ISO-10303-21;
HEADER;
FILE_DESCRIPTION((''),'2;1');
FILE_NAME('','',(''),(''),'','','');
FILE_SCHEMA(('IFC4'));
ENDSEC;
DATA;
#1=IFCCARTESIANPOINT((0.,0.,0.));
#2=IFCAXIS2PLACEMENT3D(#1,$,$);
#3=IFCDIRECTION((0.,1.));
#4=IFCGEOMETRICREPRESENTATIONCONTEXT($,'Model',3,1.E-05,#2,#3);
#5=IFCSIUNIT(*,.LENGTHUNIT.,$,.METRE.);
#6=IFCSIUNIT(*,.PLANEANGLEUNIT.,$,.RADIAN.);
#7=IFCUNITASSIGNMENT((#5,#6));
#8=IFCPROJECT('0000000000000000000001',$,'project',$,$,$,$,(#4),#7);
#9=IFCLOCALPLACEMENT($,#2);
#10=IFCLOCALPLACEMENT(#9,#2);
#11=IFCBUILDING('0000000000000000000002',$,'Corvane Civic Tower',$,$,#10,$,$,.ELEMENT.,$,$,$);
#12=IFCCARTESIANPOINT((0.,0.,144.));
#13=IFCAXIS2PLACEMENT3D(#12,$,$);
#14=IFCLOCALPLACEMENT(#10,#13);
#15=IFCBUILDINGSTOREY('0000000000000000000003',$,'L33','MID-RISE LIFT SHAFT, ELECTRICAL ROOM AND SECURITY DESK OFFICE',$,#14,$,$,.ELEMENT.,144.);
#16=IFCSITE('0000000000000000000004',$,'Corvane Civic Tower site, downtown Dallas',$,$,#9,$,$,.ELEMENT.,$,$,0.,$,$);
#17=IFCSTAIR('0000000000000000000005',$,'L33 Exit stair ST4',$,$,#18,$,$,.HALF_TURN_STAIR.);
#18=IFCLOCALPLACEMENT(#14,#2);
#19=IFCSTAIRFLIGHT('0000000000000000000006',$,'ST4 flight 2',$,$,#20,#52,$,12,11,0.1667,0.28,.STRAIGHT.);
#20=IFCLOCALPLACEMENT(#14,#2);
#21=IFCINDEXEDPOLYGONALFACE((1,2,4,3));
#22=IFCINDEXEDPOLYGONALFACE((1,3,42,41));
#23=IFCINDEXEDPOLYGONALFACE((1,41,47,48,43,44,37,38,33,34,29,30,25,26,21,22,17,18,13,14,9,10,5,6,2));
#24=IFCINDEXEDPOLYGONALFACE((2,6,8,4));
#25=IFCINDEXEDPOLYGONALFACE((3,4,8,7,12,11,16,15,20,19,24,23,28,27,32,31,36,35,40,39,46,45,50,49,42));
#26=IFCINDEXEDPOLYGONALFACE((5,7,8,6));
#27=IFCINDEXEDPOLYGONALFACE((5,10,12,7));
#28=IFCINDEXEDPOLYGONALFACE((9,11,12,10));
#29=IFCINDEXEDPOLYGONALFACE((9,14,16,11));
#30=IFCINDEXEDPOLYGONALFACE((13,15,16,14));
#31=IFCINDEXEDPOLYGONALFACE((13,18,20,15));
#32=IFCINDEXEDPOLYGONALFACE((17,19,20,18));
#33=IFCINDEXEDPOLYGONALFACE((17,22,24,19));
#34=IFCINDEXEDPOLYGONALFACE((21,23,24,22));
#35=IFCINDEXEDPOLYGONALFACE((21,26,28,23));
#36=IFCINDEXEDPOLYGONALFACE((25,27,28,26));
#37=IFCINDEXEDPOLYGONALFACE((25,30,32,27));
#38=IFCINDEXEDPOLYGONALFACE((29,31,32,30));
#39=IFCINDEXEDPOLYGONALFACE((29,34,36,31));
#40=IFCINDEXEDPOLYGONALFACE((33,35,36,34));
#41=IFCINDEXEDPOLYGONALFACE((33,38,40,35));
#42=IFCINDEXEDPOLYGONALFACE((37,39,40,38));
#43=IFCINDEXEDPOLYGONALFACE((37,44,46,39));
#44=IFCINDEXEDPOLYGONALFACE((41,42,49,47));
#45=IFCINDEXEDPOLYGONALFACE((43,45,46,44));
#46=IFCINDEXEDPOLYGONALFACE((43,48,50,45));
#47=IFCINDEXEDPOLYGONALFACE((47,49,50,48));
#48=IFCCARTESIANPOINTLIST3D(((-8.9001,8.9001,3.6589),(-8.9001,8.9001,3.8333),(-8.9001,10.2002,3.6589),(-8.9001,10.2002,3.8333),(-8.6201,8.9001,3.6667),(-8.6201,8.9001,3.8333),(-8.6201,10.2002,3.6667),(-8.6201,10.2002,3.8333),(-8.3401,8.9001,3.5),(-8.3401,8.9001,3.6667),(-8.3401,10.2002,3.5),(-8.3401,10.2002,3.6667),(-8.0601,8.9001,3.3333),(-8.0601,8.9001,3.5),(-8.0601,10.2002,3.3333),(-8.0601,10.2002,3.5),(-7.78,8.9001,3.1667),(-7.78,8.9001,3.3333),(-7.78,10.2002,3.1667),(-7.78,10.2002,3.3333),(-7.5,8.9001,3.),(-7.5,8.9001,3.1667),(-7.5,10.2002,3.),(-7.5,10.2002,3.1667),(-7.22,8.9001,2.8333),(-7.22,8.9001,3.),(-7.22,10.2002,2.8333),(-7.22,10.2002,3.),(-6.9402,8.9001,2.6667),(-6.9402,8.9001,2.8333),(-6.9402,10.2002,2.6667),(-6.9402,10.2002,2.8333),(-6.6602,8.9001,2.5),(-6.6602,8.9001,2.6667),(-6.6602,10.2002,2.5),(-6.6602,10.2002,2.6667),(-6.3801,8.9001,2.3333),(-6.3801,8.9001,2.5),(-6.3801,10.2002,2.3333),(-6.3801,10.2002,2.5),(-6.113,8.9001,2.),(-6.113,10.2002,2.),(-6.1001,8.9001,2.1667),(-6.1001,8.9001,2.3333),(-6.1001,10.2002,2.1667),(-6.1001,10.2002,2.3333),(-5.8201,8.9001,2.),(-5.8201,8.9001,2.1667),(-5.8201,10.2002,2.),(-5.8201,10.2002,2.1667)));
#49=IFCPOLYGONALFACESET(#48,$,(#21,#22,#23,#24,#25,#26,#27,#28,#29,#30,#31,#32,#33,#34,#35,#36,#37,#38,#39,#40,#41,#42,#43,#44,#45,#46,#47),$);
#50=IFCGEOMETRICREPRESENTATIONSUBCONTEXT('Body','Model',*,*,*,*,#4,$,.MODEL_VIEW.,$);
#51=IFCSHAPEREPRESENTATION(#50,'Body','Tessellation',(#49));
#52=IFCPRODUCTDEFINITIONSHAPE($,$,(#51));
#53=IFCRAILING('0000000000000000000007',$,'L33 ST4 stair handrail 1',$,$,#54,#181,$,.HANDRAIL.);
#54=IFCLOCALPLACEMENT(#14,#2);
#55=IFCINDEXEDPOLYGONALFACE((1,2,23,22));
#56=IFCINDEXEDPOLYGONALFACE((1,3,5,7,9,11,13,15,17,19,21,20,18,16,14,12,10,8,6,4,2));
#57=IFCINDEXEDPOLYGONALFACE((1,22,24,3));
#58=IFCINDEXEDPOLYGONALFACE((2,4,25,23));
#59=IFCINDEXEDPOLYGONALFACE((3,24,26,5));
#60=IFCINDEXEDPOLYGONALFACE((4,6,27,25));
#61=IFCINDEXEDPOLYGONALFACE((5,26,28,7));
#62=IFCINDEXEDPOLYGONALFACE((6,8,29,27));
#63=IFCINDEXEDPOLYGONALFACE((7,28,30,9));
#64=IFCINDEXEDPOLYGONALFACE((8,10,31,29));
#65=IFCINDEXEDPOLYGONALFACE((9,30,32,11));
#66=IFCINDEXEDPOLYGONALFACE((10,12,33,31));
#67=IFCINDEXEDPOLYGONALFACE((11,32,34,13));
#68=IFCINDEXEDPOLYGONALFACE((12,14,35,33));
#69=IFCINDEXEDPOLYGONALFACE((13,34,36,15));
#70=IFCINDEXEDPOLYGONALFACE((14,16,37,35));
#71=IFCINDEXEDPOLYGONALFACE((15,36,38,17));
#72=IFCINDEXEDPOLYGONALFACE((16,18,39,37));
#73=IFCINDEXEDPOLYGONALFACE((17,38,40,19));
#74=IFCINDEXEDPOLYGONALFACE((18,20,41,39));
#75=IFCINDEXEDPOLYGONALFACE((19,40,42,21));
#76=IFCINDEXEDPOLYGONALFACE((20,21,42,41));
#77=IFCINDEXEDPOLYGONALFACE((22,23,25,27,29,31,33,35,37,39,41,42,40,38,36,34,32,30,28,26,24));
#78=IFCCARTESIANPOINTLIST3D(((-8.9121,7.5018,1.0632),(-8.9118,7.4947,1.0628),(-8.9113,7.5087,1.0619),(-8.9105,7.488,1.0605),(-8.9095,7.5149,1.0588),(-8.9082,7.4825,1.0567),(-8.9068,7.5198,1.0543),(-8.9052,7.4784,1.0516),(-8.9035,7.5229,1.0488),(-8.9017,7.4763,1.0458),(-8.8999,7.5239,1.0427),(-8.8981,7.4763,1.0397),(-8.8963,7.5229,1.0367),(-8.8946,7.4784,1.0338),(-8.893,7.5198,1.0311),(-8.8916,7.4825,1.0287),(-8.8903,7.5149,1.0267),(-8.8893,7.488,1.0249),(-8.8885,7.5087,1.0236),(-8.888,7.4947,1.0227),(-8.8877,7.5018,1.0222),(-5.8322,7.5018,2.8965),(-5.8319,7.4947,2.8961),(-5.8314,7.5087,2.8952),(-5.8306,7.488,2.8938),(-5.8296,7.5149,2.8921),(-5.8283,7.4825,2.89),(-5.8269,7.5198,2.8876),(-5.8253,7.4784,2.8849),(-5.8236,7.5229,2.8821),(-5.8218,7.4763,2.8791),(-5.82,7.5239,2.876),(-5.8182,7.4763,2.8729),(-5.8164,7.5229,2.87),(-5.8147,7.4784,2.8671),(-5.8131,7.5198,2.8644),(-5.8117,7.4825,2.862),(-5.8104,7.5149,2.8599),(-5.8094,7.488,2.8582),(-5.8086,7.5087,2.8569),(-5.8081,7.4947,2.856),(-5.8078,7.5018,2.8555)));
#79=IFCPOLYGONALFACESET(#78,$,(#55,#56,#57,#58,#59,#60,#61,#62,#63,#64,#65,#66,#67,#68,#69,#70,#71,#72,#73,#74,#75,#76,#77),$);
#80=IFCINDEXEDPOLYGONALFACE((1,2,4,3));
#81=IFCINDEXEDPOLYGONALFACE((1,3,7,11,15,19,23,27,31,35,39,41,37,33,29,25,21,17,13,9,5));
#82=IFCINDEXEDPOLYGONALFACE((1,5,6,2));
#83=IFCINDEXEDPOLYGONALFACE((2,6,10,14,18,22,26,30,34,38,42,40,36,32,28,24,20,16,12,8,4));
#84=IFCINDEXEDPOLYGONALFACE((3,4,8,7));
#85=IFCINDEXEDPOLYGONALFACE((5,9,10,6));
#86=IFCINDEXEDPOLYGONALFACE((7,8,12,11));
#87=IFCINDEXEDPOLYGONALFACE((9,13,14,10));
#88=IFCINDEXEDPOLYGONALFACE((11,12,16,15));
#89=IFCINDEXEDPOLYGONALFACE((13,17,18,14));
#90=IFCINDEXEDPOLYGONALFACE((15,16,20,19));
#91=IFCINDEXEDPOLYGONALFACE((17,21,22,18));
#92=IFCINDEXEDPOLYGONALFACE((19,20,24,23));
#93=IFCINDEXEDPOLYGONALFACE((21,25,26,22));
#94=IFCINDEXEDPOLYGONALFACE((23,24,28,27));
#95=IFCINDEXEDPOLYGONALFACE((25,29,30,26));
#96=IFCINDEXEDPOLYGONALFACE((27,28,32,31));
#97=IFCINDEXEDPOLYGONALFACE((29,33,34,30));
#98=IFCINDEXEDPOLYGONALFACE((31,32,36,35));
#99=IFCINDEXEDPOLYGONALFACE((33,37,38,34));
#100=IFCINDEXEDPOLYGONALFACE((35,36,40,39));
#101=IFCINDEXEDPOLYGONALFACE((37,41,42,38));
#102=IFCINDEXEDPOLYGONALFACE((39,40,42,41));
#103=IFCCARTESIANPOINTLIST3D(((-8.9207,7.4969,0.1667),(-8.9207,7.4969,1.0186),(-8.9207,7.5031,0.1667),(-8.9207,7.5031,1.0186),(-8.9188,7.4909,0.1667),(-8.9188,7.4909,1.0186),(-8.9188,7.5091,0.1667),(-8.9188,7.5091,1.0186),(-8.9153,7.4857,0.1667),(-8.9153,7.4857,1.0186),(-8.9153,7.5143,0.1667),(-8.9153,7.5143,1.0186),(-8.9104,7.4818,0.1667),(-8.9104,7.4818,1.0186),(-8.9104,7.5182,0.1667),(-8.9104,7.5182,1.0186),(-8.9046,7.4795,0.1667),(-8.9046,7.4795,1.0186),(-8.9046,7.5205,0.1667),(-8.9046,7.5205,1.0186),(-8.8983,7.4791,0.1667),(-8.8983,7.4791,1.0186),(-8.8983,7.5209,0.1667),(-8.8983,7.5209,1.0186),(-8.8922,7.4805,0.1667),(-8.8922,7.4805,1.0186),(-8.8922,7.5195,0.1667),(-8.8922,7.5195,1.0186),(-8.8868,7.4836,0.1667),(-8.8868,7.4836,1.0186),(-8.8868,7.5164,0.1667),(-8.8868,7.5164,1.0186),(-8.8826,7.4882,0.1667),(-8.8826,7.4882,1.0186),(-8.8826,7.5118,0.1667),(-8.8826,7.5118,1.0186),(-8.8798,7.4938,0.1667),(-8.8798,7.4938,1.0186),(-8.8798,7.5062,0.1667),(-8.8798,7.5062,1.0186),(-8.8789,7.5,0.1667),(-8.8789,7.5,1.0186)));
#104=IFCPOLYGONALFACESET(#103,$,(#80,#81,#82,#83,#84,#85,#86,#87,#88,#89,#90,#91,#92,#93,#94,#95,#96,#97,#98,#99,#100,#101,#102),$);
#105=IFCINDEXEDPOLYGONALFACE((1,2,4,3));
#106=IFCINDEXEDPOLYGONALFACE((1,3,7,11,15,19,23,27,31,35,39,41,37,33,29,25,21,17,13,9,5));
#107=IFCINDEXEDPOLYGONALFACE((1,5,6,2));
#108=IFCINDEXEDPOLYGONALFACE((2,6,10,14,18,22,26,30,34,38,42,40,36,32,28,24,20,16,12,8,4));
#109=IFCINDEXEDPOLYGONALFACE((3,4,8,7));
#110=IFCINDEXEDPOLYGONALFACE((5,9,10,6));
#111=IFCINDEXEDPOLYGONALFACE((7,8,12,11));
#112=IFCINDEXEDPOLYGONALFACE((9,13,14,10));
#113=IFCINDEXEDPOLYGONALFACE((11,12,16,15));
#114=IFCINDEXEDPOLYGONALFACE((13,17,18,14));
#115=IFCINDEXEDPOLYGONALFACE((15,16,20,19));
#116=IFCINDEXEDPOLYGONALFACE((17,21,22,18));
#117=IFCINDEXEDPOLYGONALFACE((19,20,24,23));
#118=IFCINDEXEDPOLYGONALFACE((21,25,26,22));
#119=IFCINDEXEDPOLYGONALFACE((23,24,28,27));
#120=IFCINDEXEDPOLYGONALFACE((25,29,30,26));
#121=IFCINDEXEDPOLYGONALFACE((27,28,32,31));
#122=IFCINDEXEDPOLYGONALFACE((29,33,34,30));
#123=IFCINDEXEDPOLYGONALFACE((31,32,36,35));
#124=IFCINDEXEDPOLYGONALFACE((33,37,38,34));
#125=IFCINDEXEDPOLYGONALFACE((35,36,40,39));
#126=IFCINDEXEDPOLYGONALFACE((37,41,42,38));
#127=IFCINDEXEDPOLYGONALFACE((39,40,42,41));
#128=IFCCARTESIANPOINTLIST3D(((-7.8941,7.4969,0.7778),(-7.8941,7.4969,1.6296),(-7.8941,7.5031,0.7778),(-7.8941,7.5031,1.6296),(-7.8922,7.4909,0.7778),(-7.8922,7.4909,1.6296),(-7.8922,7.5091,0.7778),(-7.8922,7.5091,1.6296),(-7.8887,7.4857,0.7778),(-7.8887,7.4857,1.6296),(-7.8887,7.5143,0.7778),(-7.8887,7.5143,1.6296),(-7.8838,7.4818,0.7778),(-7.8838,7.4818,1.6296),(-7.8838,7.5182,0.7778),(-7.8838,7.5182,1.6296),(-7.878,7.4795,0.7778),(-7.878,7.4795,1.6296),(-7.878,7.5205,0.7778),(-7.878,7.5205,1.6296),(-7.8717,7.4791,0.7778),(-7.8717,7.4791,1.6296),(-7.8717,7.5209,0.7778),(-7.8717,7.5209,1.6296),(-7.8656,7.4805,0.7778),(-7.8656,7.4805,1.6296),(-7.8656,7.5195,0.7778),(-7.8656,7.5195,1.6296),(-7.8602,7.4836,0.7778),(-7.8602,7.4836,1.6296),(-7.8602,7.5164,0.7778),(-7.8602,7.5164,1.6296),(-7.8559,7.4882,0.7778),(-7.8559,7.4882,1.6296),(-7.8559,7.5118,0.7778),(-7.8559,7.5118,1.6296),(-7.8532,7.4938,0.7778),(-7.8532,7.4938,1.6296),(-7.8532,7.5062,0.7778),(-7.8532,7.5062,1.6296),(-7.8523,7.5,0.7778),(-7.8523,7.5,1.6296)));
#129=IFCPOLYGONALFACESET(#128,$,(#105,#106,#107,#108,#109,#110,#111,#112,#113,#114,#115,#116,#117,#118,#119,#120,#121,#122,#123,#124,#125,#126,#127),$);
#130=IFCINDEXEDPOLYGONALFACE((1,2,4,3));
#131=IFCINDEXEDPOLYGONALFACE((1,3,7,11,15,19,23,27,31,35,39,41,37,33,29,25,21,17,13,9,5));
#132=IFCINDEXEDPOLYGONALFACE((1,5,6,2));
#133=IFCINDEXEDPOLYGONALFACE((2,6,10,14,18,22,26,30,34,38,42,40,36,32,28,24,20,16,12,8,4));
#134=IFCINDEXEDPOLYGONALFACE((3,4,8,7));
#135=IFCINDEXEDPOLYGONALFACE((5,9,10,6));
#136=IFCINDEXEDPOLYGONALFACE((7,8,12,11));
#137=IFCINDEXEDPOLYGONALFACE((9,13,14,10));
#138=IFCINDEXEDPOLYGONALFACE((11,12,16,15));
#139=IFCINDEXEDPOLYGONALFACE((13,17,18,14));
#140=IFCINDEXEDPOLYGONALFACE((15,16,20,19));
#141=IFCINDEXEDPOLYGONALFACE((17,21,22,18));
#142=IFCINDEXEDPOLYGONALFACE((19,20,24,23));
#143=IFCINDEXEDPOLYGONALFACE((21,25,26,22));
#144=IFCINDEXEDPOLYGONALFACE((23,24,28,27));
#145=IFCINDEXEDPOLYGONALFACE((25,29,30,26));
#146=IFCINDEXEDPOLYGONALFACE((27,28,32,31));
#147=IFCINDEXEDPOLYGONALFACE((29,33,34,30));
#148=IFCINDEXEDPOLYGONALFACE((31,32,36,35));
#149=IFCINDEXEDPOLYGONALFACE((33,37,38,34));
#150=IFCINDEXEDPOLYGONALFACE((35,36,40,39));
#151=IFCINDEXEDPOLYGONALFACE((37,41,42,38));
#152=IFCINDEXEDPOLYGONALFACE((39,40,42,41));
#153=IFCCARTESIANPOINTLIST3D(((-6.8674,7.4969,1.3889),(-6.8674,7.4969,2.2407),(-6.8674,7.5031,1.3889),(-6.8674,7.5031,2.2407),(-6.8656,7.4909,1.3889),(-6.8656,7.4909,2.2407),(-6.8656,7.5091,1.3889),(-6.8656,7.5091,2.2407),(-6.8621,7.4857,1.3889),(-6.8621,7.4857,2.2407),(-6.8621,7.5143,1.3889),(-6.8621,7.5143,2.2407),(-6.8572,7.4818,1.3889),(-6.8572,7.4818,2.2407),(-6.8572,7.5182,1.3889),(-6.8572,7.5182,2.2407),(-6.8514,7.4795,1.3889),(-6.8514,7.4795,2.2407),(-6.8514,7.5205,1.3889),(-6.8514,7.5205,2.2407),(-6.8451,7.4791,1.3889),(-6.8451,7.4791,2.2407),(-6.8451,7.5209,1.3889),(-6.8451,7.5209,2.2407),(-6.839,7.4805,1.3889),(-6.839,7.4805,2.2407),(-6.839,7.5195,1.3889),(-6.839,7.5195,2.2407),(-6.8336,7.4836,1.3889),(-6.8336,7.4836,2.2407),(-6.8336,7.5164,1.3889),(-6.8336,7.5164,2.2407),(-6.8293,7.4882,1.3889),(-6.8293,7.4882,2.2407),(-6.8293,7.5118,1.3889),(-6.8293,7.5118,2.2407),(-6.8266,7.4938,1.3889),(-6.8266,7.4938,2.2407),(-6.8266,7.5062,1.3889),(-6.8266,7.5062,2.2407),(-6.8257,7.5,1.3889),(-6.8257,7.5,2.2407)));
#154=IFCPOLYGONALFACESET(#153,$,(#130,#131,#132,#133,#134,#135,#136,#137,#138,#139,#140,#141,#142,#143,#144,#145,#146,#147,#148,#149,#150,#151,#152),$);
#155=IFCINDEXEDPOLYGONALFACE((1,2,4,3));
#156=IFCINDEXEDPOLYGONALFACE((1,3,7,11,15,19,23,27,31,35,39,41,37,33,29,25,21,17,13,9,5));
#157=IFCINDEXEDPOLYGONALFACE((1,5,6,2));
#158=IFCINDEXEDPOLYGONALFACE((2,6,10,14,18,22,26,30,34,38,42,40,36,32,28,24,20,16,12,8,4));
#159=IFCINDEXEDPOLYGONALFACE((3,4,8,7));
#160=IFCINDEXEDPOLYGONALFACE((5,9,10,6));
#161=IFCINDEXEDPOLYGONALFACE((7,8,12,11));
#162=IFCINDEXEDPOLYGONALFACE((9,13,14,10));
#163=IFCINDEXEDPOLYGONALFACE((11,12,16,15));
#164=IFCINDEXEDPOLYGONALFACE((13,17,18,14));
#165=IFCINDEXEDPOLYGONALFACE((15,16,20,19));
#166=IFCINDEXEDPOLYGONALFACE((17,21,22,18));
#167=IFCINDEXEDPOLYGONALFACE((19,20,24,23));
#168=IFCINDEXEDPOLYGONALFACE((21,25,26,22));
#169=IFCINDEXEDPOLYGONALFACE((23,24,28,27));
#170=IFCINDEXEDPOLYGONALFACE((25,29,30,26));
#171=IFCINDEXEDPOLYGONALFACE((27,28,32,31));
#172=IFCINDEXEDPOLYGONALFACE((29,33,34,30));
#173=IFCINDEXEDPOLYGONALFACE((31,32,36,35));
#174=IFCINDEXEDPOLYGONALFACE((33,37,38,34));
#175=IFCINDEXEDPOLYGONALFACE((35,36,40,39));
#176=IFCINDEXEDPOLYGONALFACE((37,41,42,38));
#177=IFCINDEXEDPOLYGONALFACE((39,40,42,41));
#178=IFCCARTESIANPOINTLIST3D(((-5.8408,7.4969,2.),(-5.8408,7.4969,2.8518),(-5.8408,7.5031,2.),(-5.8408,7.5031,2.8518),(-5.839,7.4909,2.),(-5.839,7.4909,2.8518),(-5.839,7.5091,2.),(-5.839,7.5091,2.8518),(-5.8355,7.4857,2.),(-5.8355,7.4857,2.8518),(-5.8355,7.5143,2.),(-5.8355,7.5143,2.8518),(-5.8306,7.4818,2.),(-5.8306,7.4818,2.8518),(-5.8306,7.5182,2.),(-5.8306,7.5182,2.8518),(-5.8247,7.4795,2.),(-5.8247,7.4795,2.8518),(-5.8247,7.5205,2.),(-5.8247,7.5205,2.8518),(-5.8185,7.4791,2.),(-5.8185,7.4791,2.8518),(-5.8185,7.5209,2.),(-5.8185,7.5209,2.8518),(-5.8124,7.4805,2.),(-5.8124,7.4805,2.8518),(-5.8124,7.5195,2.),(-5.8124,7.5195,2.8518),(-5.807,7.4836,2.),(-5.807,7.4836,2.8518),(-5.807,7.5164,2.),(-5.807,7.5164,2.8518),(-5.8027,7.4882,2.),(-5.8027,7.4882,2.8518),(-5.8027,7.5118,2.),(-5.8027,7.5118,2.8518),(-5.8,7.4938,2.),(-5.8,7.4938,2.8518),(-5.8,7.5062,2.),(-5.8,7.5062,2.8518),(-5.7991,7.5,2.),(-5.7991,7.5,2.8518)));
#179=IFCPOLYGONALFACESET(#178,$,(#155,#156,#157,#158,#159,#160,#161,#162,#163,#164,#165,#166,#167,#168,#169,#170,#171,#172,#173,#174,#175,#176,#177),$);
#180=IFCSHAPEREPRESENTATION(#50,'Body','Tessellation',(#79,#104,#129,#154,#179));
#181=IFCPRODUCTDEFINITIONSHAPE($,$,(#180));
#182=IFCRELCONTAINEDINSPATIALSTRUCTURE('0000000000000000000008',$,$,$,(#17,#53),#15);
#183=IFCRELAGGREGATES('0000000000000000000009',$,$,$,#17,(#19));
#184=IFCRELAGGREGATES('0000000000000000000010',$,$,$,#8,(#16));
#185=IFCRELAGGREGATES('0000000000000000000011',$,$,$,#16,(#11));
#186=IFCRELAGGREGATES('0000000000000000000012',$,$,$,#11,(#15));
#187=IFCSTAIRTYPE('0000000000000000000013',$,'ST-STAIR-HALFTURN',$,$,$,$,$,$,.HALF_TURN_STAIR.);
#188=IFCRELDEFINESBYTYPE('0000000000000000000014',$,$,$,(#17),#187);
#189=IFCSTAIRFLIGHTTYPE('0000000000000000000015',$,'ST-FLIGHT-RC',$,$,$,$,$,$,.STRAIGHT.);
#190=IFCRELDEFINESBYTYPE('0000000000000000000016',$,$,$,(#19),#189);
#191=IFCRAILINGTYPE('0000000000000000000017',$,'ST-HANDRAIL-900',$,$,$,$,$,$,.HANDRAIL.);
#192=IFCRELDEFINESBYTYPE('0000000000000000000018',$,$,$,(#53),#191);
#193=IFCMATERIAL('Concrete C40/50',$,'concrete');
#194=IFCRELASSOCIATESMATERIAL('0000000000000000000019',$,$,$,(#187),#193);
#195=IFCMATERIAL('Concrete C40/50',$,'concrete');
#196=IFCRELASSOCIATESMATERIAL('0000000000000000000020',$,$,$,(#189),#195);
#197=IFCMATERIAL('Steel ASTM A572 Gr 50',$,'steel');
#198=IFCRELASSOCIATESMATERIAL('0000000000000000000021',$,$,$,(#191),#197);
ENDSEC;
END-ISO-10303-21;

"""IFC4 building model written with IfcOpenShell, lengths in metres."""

from ifc_helpers import new_model, si_unit, direction, frame, origin, origin_2d, place, context, subcontext, project, spatial, polyline, circle, outline, extrude, material, type_object, element, aggregate, save


model = new_model("IFC4")

# Units and contexts
model_context = context("Model", 3, precision=1e-05, world=origin(), true_north=direction((0.0, 1.0)))
body_context = subcontext(model_context, "Body", "Model", "MODEL_VIEW")
ifc_project = project(units=[si_unit("LENGTHUNIT", "METRE"), si_unit("PLANEANGLEUNIT", "RADIAN")], contexts=[model_context])

# Site, building, storey
site_placement = place(None, origin())
site = spatial("IfcSite", under=ifc_project, at=site_placement, Name="Corvane Civic Tower site, downtown Dallas", CompositionType="ELEMENT", RefElevation=0.0)
building_placement = place(site_placement, origin())
building = spatial("IfcBuilding", under=site, at=building_placement, Name="Corvane Civic Tower", CompositionType="ELEMENT")
storey_placement = place(building_placement, frame((0.0, 0.0, 144.0)))
storey = spatial("IfcBuildingStorey", under=building, at=storey_placement, Name="L33", Description="MID-RISE LIFT SHAFT, ELECTRICAL ROOM AND SECURITY DESK OFFICE", CompositionType="ELEMENT", Elevation=144.0)

# Stair
ifc_material_1 = material(Name="Concrete C40/50", Category="concrete")
stair_type = type_object("IfcStairType", Name="ST-STAIR-HALFTURN", PredefinedType="HALF_TURN_STAIR", material=ifc_material_1)
stair_1_placement = place(storey_placement, origin())
stair_1 = element("IfcStair", 1, at=stair_1_placement, inside=storey, type_object=stair_type, Name="L33 Exit stair ST4", PredefinedType="HALF_TURN_STAIR")

# Stair flight
ifc_material_2 = material(Name="Concrete C40/50", Category="concrete")
stair_flight_type = type_object("IfcStairFlightType", Name="ST-FLIGHT-RC", PredefinedType="STRAIGHT", material=ifc_material_2)
stair_flight_1_placement = place(storey_placement, frame((-5.8201, 9.55, 2.0), z_axis=(0.0, 0.0, 1.0), x_axis=(-1.0, 0.0, 0.0)))
stair_flight_1 = element("IfcStairFlight", 2, at=stair_flight_1_placement, type_object=stair_flight_type, Name="ST4 flight 2", NumberOfRisers=12, NumberOfTreads=11, PredefinedType="STRAIGHT", RiserHeight=0.1667, TreadLength=0.28, context=body_context, shape_type="SweptSolid", body=[
    extrude(outline(polyline([(0.0, 0.0), (0.0, 0.1667), (0.28, 0.1667), (0.28, 0.3333), (0.5601, 0.3333), (0.5601, 0.5), (0.8401, 0.5), (0.8401, 0.6667), (1.1201, 0.6667), (1.1201, 0.8333), (1.3999, 0.8333), (1.3999, 1.0), (1.6799, 1.0), (1.6799, 1.1667), (1.96, 1.1667), (1.96, 1.3333), (2.24, 1.3333), (2.24, 1.5), (2.52, 1.5), (2.52, 1.6667), (2.8, 1.6667), (2.8, 1.8333), (3.0801, 1.8333), (3.0801, 2.0), (3.0801, 1.6589), (0.293, 0.0), (0.0, 0.0)])), frame((0.0, 0.6499, 0.0), z_axis=(0.0, -1.0, 0.0), x_axis=(1.0, 0.0, 0.0)), (0.0, 0.0, 1.0), 1.3),
])
aggregate(stair_1, [stair_flight_1])

# Railing
ifc_material_3 = material(Name="Steel ASTM A572 Gr 50", Category="steel")
railing_type_1 = type_object("IfcRailingType", Name="ST-HANDRAIL-900", PredefinedType="HANDRAIL", material=ifc_material_3)
railing_1_placement = place(storey_placement, frame((-8.8999, 7.5, 0.1667)))
element("IfcRailing", 3, at=railing_1_placement, inside=storey, type_object=railing_type_1, Name="L33 ST4 stair handrail 1", PredefinedType="HANDRAIL", context=body_context, shape_type="SweptSolid", body=[
    extrude(circle(Radius=0.0239, at=origin_2d()), frame((0.0, 0.0, 0.876), z_axis=(0.859291, 0.0, 0.511487), x_axis=(0.0, 1.0, 0.0)), (0.0, 0.0, 1.0), 3.5842),
    extrude(circle(Radius=0.021, at=origin_2d()), origin(), (0.0, 0.0, 1.0), 0.8518),
    extrude(circle(Radius=0.021, at=origin_2d()), frame((1.0266, 0.0, 0.6111)), (0.0, 0.0, 1.0), 0.8518),
    extrude(circle(Radius=0.021, at=origin_2d()), frame((2.0532, 0.0, 1.2222)), (0.0, 0.0, 1.0), 0.8518),
    extrude(circle(Radius=0.021, at=origin_2d()), frame((3.0798, 0.0, 1.8333)), (0.0, 0.0, 1.0), 0.8518),
])

save(model, "model.ifc")
